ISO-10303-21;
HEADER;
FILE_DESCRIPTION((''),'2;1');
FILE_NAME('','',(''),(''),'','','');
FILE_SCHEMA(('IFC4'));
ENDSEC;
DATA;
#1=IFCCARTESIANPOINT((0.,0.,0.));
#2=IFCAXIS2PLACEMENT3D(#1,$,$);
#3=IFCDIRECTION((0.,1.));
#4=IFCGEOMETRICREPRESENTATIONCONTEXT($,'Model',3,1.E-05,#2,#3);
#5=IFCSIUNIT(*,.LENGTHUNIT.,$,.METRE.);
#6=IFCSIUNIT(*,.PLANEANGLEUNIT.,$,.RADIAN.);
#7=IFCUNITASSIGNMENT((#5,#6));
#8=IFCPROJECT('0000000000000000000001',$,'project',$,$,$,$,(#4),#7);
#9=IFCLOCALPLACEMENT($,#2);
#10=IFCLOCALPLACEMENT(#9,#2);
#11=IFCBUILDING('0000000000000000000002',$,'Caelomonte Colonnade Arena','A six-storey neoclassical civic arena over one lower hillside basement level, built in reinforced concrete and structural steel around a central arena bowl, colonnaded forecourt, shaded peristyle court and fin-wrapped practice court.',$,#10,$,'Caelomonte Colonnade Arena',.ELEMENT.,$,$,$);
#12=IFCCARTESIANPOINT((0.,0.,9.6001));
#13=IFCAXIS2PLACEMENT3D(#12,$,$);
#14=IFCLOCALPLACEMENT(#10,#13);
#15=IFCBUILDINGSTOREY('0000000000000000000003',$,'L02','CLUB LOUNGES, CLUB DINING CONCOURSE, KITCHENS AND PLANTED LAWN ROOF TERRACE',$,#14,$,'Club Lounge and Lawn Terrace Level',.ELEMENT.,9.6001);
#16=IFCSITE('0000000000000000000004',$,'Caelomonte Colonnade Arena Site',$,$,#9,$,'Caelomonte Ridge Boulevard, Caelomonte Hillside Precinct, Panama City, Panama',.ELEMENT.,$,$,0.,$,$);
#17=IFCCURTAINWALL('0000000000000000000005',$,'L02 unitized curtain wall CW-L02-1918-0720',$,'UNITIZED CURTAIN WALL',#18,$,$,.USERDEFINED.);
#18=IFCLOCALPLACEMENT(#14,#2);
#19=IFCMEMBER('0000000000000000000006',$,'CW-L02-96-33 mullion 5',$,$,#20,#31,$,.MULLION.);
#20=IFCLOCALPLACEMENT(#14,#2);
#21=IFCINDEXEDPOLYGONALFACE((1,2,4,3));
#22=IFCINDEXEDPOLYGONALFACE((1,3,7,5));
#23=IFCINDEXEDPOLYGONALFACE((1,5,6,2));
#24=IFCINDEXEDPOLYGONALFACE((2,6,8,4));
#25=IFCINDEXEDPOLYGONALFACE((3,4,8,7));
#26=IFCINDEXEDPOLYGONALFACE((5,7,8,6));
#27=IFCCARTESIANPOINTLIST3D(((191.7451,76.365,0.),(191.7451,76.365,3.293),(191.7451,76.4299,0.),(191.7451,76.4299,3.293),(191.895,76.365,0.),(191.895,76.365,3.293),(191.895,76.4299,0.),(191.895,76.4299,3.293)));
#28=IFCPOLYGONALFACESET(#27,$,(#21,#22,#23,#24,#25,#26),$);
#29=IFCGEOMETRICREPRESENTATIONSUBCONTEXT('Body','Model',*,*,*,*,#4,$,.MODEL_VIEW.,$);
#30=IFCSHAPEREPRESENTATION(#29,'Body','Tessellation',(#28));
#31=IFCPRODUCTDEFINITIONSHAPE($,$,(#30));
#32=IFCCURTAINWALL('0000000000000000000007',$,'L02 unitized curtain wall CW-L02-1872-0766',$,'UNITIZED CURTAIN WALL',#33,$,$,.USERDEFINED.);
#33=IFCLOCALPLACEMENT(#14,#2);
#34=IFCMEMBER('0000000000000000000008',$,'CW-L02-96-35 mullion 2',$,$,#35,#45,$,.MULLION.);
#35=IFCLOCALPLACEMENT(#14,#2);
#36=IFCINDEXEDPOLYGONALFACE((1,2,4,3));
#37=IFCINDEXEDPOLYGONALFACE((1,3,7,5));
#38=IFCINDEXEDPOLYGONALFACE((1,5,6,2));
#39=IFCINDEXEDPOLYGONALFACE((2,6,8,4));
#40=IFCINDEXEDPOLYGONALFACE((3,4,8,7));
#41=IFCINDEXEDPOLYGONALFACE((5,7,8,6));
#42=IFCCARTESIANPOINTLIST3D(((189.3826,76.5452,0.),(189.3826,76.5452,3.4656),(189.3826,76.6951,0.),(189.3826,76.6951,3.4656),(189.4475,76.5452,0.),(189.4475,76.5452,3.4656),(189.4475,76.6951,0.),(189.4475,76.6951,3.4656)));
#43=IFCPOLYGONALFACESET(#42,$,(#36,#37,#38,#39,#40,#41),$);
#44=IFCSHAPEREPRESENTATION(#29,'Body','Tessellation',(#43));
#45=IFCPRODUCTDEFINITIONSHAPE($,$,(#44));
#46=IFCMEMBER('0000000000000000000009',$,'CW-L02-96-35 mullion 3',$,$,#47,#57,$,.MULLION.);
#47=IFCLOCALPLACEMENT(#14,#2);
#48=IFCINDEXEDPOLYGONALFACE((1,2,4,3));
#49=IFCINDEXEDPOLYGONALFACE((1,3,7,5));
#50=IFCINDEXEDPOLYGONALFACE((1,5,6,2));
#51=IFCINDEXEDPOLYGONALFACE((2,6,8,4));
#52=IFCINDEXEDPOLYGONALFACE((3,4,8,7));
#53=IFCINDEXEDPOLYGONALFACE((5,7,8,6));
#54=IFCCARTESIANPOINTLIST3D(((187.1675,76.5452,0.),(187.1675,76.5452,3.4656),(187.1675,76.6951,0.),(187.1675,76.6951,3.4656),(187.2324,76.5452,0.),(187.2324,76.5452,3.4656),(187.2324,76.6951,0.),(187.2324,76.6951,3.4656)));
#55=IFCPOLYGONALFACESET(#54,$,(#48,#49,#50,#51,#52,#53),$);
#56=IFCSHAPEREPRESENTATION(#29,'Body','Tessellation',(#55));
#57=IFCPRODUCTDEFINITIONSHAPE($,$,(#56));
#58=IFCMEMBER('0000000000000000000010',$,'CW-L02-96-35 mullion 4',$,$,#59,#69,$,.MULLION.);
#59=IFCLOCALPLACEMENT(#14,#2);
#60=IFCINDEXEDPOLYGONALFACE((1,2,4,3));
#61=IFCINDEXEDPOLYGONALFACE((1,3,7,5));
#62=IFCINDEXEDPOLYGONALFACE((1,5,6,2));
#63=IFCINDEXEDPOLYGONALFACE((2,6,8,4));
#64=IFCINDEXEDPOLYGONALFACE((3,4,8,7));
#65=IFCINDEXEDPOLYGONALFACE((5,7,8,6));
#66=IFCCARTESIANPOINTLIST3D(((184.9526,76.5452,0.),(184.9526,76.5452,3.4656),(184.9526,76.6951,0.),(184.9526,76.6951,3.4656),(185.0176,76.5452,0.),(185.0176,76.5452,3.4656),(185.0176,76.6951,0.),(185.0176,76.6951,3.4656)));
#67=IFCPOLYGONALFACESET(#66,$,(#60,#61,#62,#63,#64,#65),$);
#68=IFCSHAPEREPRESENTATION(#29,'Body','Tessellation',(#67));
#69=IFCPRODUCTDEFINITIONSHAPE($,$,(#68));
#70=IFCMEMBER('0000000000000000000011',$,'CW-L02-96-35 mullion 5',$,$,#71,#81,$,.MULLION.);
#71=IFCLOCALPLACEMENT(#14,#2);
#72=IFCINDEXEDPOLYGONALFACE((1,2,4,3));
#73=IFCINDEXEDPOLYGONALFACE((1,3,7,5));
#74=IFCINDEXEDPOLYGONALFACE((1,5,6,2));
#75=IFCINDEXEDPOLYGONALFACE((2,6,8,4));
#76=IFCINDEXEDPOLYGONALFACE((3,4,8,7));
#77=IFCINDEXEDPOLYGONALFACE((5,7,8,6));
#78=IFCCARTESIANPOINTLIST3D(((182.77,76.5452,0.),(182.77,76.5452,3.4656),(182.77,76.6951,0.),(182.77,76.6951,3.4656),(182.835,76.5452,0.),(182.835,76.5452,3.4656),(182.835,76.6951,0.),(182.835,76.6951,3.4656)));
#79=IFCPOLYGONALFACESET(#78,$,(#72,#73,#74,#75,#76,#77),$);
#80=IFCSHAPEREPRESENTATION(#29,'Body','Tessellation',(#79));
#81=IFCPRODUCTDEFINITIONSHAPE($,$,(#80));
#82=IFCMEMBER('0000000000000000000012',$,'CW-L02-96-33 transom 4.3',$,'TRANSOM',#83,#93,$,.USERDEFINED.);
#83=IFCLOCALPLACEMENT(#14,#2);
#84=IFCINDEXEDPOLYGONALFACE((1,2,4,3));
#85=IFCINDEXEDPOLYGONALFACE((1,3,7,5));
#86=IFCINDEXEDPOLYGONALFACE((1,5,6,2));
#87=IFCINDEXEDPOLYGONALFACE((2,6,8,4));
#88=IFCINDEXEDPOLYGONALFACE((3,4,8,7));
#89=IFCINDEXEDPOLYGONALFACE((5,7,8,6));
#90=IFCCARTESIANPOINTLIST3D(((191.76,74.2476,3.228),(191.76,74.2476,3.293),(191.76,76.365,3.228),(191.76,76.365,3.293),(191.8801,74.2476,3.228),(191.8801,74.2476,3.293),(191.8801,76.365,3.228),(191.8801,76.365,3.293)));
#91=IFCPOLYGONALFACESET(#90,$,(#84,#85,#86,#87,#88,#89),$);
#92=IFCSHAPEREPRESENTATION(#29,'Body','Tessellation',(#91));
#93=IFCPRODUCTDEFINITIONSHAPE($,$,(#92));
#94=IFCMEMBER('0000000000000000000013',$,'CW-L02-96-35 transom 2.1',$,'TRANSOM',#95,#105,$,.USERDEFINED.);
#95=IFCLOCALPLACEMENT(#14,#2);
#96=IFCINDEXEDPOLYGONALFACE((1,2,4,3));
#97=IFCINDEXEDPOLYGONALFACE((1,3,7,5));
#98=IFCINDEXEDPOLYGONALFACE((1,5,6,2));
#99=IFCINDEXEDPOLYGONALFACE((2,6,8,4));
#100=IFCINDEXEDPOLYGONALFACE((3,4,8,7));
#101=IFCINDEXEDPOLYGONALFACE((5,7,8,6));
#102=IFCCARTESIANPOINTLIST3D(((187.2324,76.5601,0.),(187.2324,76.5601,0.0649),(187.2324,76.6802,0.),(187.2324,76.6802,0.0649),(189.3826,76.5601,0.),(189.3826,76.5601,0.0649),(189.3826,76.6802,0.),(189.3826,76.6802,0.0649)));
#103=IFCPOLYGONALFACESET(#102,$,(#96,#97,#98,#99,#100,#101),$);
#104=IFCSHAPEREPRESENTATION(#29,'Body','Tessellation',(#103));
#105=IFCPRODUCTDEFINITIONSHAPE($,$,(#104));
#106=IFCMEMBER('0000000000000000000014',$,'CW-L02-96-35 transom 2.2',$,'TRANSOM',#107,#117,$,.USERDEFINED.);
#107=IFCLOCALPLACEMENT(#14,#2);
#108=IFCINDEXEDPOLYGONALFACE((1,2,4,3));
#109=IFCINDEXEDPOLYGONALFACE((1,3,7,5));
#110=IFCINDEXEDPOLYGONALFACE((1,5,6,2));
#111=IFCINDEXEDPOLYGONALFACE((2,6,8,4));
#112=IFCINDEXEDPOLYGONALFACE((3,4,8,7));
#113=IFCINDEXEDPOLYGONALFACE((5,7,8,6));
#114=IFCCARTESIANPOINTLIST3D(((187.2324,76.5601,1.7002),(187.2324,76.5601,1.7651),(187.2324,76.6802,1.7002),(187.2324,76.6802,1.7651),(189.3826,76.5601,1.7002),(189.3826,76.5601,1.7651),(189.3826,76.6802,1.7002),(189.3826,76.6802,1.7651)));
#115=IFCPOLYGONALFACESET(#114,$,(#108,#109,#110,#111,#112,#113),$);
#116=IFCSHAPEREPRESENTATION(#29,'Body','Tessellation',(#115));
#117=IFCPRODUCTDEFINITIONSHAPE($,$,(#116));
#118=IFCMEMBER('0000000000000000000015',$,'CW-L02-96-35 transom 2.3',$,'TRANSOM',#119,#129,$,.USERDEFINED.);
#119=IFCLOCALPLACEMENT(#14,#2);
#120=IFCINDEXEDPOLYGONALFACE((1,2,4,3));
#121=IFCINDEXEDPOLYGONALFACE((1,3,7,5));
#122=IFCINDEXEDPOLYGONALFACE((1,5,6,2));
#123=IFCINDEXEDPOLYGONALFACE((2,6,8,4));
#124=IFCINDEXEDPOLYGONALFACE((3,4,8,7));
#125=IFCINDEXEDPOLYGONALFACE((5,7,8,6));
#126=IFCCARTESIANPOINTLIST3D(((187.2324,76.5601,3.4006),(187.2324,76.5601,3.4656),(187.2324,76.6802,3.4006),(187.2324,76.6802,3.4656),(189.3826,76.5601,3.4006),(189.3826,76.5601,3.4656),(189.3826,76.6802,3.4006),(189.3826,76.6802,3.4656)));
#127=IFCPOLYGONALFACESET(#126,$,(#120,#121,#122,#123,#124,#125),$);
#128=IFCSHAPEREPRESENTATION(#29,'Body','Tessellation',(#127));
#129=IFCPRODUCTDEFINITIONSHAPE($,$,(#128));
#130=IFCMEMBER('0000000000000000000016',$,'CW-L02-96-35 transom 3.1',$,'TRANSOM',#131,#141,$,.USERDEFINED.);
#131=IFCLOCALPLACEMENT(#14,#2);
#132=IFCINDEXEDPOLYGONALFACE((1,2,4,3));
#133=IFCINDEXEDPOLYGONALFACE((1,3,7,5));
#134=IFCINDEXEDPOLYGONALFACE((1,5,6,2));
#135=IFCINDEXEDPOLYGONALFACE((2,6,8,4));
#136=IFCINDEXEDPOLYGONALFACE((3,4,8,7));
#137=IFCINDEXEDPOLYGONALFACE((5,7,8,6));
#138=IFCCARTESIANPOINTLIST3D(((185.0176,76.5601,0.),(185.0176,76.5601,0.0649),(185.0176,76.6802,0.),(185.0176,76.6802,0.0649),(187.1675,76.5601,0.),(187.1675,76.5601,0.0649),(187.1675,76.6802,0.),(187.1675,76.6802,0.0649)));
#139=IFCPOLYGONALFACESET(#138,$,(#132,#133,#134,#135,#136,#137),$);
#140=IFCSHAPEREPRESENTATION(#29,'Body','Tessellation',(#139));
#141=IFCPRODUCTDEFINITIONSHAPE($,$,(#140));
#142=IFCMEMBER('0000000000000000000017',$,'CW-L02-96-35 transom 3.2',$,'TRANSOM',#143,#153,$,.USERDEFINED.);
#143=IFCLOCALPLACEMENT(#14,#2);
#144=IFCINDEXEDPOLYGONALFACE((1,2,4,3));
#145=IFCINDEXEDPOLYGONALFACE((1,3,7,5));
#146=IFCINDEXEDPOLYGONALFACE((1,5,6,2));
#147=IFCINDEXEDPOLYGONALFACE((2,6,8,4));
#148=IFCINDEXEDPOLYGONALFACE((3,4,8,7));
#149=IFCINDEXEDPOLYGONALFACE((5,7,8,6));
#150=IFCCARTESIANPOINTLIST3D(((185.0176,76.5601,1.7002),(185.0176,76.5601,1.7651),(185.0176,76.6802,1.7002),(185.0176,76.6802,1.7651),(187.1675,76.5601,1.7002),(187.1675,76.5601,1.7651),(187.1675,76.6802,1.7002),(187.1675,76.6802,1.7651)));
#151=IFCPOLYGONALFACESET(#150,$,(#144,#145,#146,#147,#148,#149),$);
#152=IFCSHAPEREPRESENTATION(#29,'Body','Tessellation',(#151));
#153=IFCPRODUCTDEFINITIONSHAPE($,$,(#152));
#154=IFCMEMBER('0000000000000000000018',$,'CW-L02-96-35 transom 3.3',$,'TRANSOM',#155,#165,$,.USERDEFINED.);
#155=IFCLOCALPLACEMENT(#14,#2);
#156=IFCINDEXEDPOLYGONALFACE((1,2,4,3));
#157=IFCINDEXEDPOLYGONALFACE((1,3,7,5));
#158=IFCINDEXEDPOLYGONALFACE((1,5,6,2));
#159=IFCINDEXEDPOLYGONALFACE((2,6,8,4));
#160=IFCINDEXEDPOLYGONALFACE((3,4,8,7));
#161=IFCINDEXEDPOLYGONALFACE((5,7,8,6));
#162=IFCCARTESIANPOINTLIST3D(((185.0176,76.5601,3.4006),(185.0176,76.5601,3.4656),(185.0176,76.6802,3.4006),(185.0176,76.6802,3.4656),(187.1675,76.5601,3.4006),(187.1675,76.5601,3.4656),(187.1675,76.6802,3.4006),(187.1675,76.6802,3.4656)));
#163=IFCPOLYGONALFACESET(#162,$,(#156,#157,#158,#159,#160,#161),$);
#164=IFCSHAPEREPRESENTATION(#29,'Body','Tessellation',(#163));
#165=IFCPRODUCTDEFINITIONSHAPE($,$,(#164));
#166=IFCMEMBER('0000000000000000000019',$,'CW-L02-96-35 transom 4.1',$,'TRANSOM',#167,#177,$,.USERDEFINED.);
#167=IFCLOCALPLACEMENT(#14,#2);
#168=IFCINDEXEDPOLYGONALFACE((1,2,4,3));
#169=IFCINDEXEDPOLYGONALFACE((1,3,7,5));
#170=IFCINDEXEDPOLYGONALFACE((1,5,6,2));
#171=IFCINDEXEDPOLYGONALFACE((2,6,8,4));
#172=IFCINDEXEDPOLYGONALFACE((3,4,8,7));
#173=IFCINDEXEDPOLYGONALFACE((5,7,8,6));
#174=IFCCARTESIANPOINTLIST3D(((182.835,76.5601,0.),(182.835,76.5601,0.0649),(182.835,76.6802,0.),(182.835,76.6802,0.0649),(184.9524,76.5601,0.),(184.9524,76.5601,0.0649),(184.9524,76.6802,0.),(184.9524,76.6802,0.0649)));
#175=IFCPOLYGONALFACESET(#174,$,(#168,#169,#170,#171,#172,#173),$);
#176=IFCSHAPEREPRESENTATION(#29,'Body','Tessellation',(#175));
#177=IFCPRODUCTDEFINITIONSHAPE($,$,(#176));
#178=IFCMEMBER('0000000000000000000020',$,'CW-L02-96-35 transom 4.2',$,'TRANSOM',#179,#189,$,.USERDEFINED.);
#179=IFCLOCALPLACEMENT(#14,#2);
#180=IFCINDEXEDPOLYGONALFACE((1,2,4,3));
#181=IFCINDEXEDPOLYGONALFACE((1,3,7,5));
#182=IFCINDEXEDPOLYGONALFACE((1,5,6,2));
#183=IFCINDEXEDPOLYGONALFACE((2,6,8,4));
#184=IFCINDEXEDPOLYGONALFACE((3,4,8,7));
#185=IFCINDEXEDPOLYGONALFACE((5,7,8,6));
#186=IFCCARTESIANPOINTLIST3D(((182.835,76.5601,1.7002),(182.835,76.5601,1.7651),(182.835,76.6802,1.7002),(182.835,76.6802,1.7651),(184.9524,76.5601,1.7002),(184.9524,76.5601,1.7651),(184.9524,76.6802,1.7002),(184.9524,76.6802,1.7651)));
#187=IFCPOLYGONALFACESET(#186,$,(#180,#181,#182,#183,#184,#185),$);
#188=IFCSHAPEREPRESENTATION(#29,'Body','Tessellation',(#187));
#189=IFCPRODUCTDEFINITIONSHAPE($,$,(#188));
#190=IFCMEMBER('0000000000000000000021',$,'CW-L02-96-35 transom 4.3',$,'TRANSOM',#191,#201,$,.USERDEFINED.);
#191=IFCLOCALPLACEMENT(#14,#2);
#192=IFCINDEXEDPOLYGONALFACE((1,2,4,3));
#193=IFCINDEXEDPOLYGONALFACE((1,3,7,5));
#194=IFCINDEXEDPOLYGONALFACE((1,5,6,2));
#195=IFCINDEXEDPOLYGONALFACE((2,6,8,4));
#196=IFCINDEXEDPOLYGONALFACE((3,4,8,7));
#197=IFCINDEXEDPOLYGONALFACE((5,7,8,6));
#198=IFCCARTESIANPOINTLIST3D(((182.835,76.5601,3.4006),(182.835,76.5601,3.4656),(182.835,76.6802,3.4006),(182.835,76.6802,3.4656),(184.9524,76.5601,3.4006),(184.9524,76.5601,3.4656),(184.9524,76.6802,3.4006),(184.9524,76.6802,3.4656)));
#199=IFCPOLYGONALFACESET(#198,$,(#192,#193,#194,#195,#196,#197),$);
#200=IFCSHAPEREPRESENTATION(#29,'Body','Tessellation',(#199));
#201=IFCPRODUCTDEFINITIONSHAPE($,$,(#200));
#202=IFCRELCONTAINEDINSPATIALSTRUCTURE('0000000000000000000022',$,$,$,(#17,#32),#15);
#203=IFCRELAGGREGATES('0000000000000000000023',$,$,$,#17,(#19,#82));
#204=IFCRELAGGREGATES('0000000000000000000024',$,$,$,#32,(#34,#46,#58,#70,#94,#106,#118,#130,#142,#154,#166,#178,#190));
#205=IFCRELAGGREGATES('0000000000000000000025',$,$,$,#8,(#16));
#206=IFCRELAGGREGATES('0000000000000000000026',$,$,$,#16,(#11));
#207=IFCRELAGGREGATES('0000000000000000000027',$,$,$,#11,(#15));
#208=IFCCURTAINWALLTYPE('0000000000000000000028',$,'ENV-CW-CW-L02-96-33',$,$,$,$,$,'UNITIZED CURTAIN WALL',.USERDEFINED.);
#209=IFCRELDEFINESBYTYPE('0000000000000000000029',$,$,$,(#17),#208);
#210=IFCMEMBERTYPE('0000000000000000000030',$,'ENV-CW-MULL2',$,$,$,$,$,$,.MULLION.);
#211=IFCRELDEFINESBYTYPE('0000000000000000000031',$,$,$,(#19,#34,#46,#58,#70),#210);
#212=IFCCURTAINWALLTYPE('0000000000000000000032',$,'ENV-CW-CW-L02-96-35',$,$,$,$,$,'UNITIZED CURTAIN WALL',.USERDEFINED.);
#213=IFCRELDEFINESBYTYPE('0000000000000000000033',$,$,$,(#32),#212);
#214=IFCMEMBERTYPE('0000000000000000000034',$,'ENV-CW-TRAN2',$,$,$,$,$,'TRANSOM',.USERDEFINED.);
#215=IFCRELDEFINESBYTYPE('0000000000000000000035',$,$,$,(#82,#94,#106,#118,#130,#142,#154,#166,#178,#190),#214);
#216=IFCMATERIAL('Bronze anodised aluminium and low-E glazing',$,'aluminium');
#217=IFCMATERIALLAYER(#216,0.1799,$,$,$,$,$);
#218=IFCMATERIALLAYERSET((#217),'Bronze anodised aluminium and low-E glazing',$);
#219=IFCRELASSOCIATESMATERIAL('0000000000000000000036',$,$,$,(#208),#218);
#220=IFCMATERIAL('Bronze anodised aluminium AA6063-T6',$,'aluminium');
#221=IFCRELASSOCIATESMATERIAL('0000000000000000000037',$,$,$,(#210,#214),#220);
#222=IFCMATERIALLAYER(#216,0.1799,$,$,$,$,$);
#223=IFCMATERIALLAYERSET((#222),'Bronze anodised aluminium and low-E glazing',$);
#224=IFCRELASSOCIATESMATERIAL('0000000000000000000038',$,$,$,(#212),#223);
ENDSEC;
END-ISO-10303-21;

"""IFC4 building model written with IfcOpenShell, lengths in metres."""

from ifc_helpers import new_model, si_unit, direction, frame, origin, origin_2d, place, context, subcontext, project, spatial, rectangle, extrude, material, layer, layer_set, material_profile, profile_set, type_object, element, aggregate, save


model = new_model("IFC4")

# Units and contexts
model_context = context("Model", 3, precision=1e-05, world=origin(), true_north=direction((0.0, 1.0)))
body_context = subcontext(model_context, "Body", "Model", "MODEL_VIEW")
ifc_project = project(units=[si_unit("LENGTHUNIT", "METRE"), si_unit("PLANEANGLEUNIT", "RADIAN")], contexts=[model_context])

# Site, building, storey
site_placement = place(None, origin())
site = spatial("IfcSite", under=ifc_project, at=site_placement, Name="Caelomonte Colonnade Arena Site", LongName="Caelomonte Ridge Boulevard, Caelomonte Hillside Precinct, Panama City, Panama", CompositionType="ELEMENT", RefElevation=0.0)
building_placement = place(site_placement, origin())
building = spatial("IfcBuilding", under=site, at=building_placement, Name="Caelomonte Colonnade Arena", Description="A six-storey neoclassical civic arena over one lower hillside basement level, built in reinforced concrete and structural steel around a central arena bowl, colonnaded forecourt, shaded peristyle court and fin-wrapped practice court.", LongName="Caelomonte Colonnade Arena", CompositionType="ELEMENT")
storey_placement = place(building_placement, frame((0.0, 0.0, 9.6001)))
storey = spatial("IfcBuildingStorey", under=building, at=storey_placement, Name="L02", Description="CLUB LOUNGES, CLUB DINING CONCOURSE, KITCHENS AND PLANTED LAWN ROOF TERRACE", LongName="Club Lounge and Lawn Terrace Level", CompositionType="ELEMENT", Elevation=9.6001)

# Curtain wall, member
ifc_material_1 = material(Name="Bronze anodised aluminium and low-E glazing", Category="aluminium")
ifc_layer_1 = layer(ifc_material_1, 0.1799)
ifc_layer_set_1 = layer_set([ifc_layer_1], Name="Bronze anodised aluminium and low-E glazing")
curtain_wall_type_1 = type_object("IfcCurtainWallType", Name="ENV-CW-CW-L02-96-33", ElementType="UNITIZED CURTAIN WALL", PredefinedType="USERDEFINED", material=ifc_layer_set_1)
curtain_wall_1_placement = place(storey_placement, origin())
curtain_wall_1 = element("IfcCurtainWall", 1, at=curtain_wall_1_placement, inside=storey, type_object=curtain_wall_type_1, Name="L02 unitized curtain wall CW-L02-1918-0720", ObjectType="UNITIZED CURTAIN WALL", PredefinedType="USERDEFINED")
ifc_material_2 = material(Name="Bronze anodised aluminium AA6063-T6", Category="aluminium")
ifc_material_profile_1 = material_profile(ifc_material_2, rectangle(XDim=0.0649, YDim=0.1499, at=origin_2d()), Name="CWM-65X150")
ifc_profile_set_1 = profile_set([ifc_material_profile_1], Name="Bronze anodised aluminium AA6063-T6")
member_type_1 = type_object("IfcMemberType", Name="ENV-CW-MULL2", PredefinedType="MULLION", material=ifc_profile_set_1)
member_1_placement = place(storey_placement, frame((191.8201, 76.3975, 0.0), z_axis=(0.0, 0.0, 1.0), x_axis=(0.0, 1.0, 0.0)))
member_1 = element("IfcMember", 2, at=member_1_placement, type_object=member_type_1, Name="CW-L02-96-33 mullion 5", PredefinedType="MULLION", context=body_context, shape_type="SweptSolid", body=[
    extrude(rectangle(XDim=0.0649, YDim=0.1499, at=origin_2d()), origin(), (0.0, 0.0, 1.0), 3.293),
])

# Curtain wall, members
ifc_layer_2 = layer(ifc_material_1, 0.1799)
ifc_layer_set_2 = layer_set([ifc_layer_2], Name="Bronze anodised aluminium and low-E glazing")
curtain_wall_type_2 = type_object("IfcCurtainWallType", Name="ENV-CW-CW-L02-96-35", ElementType="UNITIZED CURTAIN WALL", PredefinedType="USERDEFINED", material=ifc_layer_set_2)
curtain_wall_2_placement = place(storey_placement, origin())
curtain_wall_2 = element("IfcCurtainWall", 3, at=curtain_wall_2_placement, inside=storey, type_object=curtain_wall_type_2, Name="L02 unitized curtain wall CW-L02-1872-0766", ObjectType="UNITIZED CURTAIN WALL", PredefinedType="USERDEFINED")
member_2_placement = place(storey_placement, frame((189.415, 76.6201, 0.0), z_axis=(0.0, 0.0, 1.0), x_axis=(-1.0, 0.0, 0.0)))
member_2 = element("IfcMember", 4, at=member_2_placement, type_object=member_type_1, Name="CW-L02-96-35 mullion 2", PredefinedType="MULLION", context=body_context, shape_type="SweptSolid", body=[
    extrude(rectangle(XDim=0.0649, YDim=0.1499, at=origin_2d()), origin(), (0.0, 0.0, 1.0), 3.4656),
])
member_3_placement = place(storey_placement, frame((187.2, 76.6201, 0.0), z_axis=(0.0, 0.0, 1.0), x_axis=(-1.0, 0.0, 0.0)))
member_3 = element("IfcMember", 5, at=member_3_placement, type_object=member_type_1, Name="CW-L02-96-35 mullion 3", PredefinedType="MULLION", context=body_context, shape_type="SweptSolid", body=[
    extrude(rectangle(XDim=0.0649, YDim=0.1499, at=origin_2d()), origin(), (0.0, 0.0, 1.0), 3.4656),
])
member_4_placement = place(storey_placement, frame((184.9851, 76.6201, 0.0), z_axis=(0.0, 0.0, 1.0), x_axis=(-1.0, 0.0, 0.0)))
member_4 = element("IfcMember", 6, at=member_4_placement, type_object=member_type_1, Name="CW-L02-96-35 mullion 4", PredefinedType="MULLION", context=body_context, shape_type="SweptSolid", body=[
    extrude(rectangle(XDim=0.0649, YDim=0.1499, at=origin_2d()), origin(), (0.0, 0.0, 1.0), 3.4656),
])
member_5_placement = place(storey_placement, frame((182.8025, 76.6201, 0.0), z_axis=(0.0, 0.0, 1.0), x_axis=(-1.0, 0.0, 0.0)))
member_5 = element("IfcMember", 7, at=member_5_placement, type_object=member_type_1, Name="CW-L02-96-35 mullion 5", PredefinedType="MULLION", context=body_context, shape_type="SweptSolid", body=[
    extrude(rectangle(XDim=0.0649, YDim=0.1499, at=origin_2d()), origin(), (0.0, 0.0, 1.0), 3.4656),
])

# Members
ifc_material_profile_2 = material_profile(ifc_material_2, rectangle(XDim=0.0649, YDim=0.1201, at=origin_2d()), Name="CWT-65X120")
ifc_profile_set_2 = profile_set([ifc_material_profile_2], Name="Bronze anodised aluminium AA6063-T6")
member_type_2 = type_object("IfcMemberType", Name="ENV-CW-TRAN2", ElementType="TRANSOM", PredefinedType="USERDEFINED", material=ifc_profile_set_2)
member_6_placement = place(storey_placement, frame((191.8201, 74.2476, 3.2605), z_axis=(0.0, 1.0, 0.0), x_axis=(0.0, 0.0, 1.0)))
member_6 = element("IfcMember", 8, at=member_6_placement, type_object=member_type_2, Name="CW-L02-96-33 transom 4.3", ObjectType="TRANSOM", PredefinedType="USERDEFINED", context=body_context, shape_type="SweptSolid", body=[
    extrude(rectangle(XDim=0.0649, YDim=0.1201, at=origin_2d()), origin(), (0.0, 0.0, 1.0), 2.1174),
])
member_7_placement = place(storey_placement, frame((189.3826, 76.6201, 0.0325), z_axis=(-1.0, 0.0, 0.0), x_axis=(0.0, 0.0, 1.0)))
member_7 = element("IfcMember", 9, at=member_7_placement, type_object=member_type_2, Name="CW-L02-96-35 transom 2.1", ObjectType="TRANSOM", PredefinedType="USERDEFINED", context=body_context, shape_type="SweptSolid", body=[
    extrude(rectangle(XDim=0.0649, YDim=0.1201, at=origin_2d()), origin(), (0.0, 0.0, 1.0), 2.1501),
])
member_8_placement = place(storey_placement, frame((189.3826, 76.6201, 1.7327), z_axis=(-1.0, 0.0, 0.0), x_axis=(0.0, 0.0, 1.0)))
member_8 = element("IfcMember", 10, at=member_8_placement, type_object=member_type_2, Name="CW-L02-96-35 transom 2.2", ObjectType="TRANSOM", PredefinedType="USERDEFINED", context=body_context, shape_type="SweptSolid", body=[
    extrude(rectangle(XDim=0.0649, YDim=0.1201, at=origin_2d()), origin(), (0.0, 0.0, 1.0), 2.1501),
])
member_9_placement = place(storey_placement, frame((189.3826, 76.6201, 3.4331), z_axis=(-1.0, 0.0, 0.0), x_axis=(0.0, 0.0, 1.0)))
member_9 = element("IfcMember", 11, at=member_9_placement, type_object=member_type_2, Name="CW-L02-96-35 transom 2.3", ObjectType="TRANSOM", PredefinedType="USERDEFINED", context=body_context, shape_type="SweptSolid", body=[
    extrude(rectangle(XDim=0.0649, YDim=0.1201, at=origin_2d()), origin(), (0.0, 0.0, 1.0), 2.1501),
])
member_10_placement = place(storey_placement, frame((187.1675, 76.6201, 0.0325), z_axis=(-1.0, 0.0, 0.0), x_axis=(0.0, 0.0, 1.0)))
member_10 = element("IfcMember", 12, at=member_10_placement, type_object=member_type_2, Name="CW-L02-96-35 transom 3.1", ObjectType="TRANSOM", PredefinedType="USERDEFINED", context=body_context, shape_type="SweptSolid", body=[
    extrude(rectangle(XDim=0.0649, YDim=0.1201, at=origin_2d()), origin(), (0.0, 0.0, 1.0), 2.1499),
])
member_11_placement = place(storey_placement, frame((187.1675, 76.6201, 1.7327), z_axis=(-1.0, 0.0, 0.0), x_axis=(0.0, 0.0, 1.0)))
member_11 = element("IfcMember", 13, at=member_11_placement, type_object=member_type_2, Name="CW-L02-96-35 transom 3.2", ObjectType="TRANSOM", PredefinedType="USERDEFINED", context=body_context, shape_type="SweptSolid", body=[
    extrude(rectangle(XDim=0.0649, YDim=0.1201, at=origin_2d()), origin(), (0.0, 0.0, 1.0), 2.1499),
])
member_12_placement = place(storey_placement, frame((187.1675, 76.6201, 3.4331), z_axis=(-1.0, 0.0, 0.0), x_axis=(0.0, 0.0, 1.0)))
member_12 = element("IfcMember", 14, at=member_12_placement, type_object=member_type_2, Name="CW-L02-96-35 transom 3.3", ObjectType="TRANSOM", PredefinedType="USERDEFINED", context=body_context, shape_type="SweptSolid", body=[
    extrude(rectangle(XDim=0.0649, YDim=0.1201, at=origin_2d()), origin(), (0.0, 0.0, 1.0), 2.1499),
])
member_13_placement = place(storey_placement, frame((184.9524, 76.6201, 0.0325), z_axis=(-1.0, 0.0, 0.0), x_axis=(0.0, 0.0, 1.0)))
member_13 = element("IfcMember", 15, at=member_13_placement, type_object=member_type_2, Name="CW-L02-96-35 transom 4.1", ObjectType="TRANSOM", PredefinedType="USERDEFINED", context=body_context, shape_type="SweptSolid", body=[
    extrude(rectangle(XDim=0.0649, YDim=0.1201, at=origin_2d()), origin(), (0.0, 0.0, 1.0), 2.1174),
])
member_14_placement = place(storey_placement, frame((184.9524, 76.6201, 1.7327), z_axis=(-1.0, 0.0, 0.0), x_axis=(0.0, 0.0, 1.0)))
member_14 = element("IfcMember", 16, at=member_14_placement, type_object=member_type_2, Name="CW-L02-96-35 transom 4.2", ObjectType="TRANSOM", PredefinedType="USERDEFINED", context=body_context, shape_type="SweptSolid", body=[
    extrude(rectangle(XDim=0.0649, YDim=0.1201, at=origin_2d()), origin(), (0.0, 0.0, 1.0), 2.1174),
])
member_15_placement = place(storey_placement, frame((184.9524, 76.6201, 3.4331), z_axis=(-1.0, 0.0, 0.0), x_axis=(0.0, 0.0, 1.0)))
member_15 = element("IfcMember", 17, at=member_15_placement, type_object=member_type_2, Name="CW-L02-96-35 transom 4.3", ObjectType="TRANSOM", PredefinedType="USERDEFINED", context=body_context, shape_type="SweptSolid", body=[
    extrude(rectangle(XDim=0.0649, YDim=0.1201, at=origin_2d()), origin(), (0.0, 0.0, 1.0), 2.1174),
])

aggregate(curtain_wall_1, [member_1, member_6])
aggregate(curtain_wall_2, [member_2, member_3, member_4, member_5, member_7, member_8, member_9, member_10, member_11, member_12, member_13, member_14, member_15])

save(model, "model.ifc")
